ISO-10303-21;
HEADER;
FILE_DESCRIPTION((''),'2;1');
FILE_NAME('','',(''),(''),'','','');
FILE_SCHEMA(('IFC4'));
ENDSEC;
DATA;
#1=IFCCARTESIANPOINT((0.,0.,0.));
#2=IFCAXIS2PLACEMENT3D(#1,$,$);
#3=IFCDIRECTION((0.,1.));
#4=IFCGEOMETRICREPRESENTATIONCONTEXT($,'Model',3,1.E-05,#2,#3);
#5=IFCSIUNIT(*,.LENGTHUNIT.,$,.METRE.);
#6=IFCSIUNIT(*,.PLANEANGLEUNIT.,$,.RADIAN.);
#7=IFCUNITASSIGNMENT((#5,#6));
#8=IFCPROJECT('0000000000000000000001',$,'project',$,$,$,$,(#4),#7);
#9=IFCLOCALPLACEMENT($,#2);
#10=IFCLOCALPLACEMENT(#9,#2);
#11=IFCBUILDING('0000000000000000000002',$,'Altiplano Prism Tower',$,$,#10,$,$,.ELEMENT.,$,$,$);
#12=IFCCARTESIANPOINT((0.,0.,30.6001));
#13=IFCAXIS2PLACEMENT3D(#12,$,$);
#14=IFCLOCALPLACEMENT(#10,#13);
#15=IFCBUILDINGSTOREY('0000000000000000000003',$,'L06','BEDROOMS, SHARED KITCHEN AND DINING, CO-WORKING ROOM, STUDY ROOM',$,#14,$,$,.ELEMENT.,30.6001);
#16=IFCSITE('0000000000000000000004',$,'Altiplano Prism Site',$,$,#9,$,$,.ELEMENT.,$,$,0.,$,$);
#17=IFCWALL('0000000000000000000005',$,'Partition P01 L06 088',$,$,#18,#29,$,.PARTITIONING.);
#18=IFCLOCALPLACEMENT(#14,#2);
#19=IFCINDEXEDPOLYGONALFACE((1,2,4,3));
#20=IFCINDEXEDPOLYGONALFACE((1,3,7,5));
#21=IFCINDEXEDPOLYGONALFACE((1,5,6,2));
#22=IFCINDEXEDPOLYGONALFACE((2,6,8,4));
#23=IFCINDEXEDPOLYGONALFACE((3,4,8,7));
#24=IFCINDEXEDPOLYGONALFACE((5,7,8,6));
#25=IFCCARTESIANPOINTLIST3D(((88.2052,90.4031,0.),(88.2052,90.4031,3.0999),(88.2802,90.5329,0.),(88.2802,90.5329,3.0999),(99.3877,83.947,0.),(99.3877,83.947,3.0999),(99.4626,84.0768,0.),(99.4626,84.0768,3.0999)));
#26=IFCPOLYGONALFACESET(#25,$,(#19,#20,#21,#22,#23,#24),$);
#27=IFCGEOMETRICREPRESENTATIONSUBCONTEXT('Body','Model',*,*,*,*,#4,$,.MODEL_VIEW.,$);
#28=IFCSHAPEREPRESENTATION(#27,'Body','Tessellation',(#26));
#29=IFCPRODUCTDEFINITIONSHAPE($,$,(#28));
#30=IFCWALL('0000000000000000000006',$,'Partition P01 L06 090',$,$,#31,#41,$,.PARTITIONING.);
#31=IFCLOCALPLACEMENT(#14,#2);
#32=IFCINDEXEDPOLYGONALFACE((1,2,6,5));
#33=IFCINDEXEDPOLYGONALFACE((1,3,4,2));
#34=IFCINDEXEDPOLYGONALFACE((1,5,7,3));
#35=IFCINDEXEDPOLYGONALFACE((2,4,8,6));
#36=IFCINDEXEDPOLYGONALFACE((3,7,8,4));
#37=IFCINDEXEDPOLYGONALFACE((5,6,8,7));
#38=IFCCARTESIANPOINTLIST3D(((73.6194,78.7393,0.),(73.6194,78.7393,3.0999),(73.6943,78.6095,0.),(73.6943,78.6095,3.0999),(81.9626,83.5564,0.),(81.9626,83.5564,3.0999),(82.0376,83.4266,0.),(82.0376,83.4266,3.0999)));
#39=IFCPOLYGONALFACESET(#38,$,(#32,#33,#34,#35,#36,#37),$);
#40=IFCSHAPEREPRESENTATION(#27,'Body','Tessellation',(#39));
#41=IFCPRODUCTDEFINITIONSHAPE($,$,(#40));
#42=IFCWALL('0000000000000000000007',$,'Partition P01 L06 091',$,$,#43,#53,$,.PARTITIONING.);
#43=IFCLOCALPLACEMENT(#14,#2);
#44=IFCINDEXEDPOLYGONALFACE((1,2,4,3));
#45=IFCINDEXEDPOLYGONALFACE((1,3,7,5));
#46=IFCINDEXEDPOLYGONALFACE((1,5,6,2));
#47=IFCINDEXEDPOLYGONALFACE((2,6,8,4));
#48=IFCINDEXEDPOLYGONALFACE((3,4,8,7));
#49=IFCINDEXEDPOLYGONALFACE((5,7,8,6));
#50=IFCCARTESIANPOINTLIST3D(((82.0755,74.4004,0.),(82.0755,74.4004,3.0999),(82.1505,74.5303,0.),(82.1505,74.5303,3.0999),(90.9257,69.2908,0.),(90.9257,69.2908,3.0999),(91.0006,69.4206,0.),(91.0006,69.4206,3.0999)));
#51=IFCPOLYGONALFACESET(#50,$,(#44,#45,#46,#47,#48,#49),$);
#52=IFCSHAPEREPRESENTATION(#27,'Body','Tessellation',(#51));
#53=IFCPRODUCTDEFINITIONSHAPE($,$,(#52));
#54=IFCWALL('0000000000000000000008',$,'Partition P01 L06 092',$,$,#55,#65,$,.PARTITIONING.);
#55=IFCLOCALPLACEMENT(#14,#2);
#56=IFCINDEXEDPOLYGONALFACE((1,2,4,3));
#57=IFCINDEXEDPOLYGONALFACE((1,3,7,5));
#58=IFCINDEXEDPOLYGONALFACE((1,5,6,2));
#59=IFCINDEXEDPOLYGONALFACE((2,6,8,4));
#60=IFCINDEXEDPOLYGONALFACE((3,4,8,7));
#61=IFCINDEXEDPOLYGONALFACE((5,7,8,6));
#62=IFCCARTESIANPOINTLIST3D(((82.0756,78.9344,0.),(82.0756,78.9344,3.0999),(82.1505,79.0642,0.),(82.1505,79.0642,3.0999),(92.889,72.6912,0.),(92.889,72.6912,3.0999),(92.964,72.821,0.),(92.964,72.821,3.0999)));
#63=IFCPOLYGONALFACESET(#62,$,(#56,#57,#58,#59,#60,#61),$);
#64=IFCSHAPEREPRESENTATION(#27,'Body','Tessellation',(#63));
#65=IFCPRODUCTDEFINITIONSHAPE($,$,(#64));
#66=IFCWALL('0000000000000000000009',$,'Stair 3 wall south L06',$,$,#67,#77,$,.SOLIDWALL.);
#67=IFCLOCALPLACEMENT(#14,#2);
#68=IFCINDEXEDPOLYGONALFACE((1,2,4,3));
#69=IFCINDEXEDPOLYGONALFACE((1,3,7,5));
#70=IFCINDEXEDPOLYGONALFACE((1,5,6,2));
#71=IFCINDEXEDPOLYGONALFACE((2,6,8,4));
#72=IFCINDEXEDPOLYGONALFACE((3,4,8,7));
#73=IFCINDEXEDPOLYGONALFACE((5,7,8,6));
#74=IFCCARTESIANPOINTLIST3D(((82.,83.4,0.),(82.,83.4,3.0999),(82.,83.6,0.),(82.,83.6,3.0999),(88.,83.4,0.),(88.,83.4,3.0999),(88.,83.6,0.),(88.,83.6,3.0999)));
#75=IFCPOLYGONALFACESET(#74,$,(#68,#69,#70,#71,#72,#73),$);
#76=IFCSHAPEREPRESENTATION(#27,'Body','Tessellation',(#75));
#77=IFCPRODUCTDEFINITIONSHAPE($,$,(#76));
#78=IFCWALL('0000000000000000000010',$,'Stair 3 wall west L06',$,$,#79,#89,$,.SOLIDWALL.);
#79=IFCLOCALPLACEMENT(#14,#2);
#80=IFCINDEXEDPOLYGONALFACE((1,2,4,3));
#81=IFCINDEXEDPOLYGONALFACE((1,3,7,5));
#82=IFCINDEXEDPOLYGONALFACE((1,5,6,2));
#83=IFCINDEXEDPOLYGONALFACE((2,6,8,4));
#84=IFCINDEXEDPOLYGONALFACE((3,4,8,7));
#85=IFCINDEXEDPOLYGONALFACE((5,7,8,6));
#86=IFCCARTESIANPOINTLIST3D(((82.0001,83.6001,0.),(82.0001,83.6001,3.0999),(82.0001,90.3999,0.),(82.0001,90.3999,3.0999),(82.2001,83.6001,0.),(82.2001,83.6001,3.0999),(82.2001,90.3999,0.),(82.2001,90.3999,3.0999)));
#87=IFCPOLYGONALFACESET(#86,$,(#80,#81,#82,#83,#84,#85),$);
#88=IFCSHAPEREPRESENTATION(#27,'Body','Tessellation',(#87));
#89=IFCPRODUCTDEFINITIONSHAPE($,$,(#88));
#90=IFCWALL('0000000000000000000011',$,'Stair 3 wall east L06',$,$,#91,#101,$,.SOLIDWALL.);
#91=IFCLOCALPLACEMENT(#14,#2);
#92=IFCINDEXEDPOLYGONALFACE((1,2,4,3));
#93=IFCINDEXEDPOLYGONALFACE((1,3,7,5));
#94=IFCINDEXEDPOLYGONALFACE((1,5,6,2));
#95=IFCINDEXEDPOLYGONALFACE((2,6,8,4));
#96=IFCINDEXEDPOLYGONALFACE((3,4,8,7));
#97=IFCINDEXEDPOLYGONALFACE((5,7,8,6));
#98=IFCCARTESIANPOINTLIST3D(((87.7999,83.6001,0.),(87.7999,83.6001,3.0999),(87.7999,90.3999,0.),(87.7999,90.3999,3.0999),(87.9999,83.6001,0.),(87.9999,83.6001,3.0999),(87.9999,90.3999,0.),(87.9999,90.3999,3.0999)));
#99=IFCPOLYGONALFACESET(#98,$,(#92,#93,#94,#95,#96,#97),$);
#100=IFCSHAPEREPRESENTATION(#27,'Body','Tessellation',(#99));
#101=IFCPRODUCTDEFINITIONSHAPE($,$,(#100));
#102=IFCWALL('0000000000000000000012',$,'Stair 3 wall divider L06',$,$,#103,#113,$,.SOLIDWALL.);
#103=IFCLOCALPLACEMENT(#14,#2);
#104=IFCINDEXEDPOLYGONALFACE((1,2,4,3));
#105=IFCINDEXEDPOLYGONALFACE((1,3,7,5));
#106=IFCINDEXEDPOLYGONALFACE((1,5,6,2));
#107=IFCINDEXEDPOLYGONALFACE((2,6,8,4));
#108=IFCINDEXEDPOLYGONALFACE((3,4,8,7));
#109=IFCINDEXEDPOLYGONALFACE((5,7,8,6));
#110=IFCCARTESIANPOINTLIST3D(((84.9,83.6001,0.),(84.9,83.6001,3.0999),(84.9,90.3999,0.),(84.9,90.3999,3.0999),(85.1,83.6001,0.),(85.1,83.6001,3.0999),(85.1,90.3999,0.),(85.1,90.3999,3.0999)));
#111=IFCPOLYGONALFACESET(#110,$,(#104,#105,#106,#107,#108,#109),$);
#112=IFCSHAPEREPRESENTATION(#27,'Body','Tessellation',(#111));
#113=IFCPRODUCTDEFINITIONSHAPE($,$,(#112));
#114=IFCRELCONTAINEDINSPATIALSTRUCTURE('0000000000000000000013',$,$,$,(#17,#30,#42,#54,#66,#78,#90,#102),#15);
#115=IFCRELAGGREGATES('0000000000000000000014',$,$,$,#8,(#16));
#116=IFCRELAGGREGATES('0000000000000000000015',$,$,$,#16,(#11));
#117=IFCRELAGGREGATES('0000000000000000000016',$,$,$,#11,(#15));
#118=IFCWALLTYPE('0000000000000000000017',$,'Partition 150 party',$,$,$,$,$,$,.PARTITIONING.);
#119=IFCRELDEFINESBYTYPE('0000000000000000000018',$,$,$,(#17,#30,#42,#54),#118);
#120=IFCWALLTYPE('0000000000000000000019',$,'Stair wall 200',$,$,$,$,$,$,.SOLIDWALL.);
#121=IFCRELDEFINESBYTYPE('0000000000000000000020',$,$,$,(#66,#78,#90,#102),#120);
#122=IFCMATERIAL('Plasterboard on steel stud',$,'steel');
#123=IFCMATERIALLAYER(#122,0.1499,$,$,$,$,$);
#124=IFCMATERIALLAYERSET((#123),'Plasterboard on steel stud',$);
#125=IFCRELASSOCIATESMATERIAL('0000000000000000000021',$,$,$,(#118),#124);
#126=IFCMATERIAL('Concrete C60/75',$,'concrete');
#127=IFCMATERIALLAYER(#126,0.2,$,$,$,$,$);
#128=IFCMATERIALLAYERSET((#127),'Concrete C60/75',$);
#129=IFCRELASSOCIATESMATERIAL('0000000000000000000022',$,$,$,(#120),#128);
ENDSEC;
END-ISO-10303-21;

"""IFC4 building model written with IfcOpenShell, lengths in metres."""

from ifc_helpers import new_model, si_unit, direction, frame, frame_2d, origin, place, context, subcontext, project, spatial, rectangle, extrude, material, layer, layer_set, type_object, element, save


model = new_model("IFC4")

# Units and contexts
model_context = context("Model", 3, precision=1e-05, world=origin(), true_north=direction((0.0, 1.0)))
body_context = subcontext(model_context, "Body", "Model", "MODEL_VIEW")
ifc_project = project(units=[si_unit("LENGTHUNIT", "METRE"), si_unit("PLANEANGLEUNIT", "RADIAN")], contexts=[model_context])

# Site, building, storey
site_placement = place(None, origin())
site = spatial("IfcSite", under=ifc_project, at=site_placement, Name="Altiplano Prism Site", CompositionType="ELEMENT", RefElevation=0.0)
building_placement = place(site_placement, origin())
building = spatial("IfcBuilding", under=site, at=building_placement, Name="Altiplano Prism Tower", CompositionType="ELEMENT")
storey_placement = place(building_placement, frame((0.0, 0.0, 30.6001)))
storey = spatial("IfcBuildingStorey", under=building, at=storey_placement, Name="L06", Description="BEDROOMS, SHARED KITCHEN AND DINING, CO-WORKING ROOM, STUDY ROOM", CompositionType="ELEMENT", Elevation=30.6001)

# Shared definitions
ifc_material_1 = material(Name="Concrete C60/75", Category="concrete")

# Shared definitions
ifc_material_2 = material(Name="Plasterboard on steel stud", Category="steel")

# Walls
ifc_layer_1 = layer(ifc_material_2, 0.1499)
ifc_layer_set_1 = layer_set([ifc_layer_1], Name="Plasterboard on steel stud")
wall_type_1 = type_object("IfcWallType", Name="Partition 150 party", PredefinedType="PARTITIONING", material=ifc_layer_set_1)
wall_1_placement = place(storey_placement, frame((99.425, 84.012, 0.0), z_axis=(0.0, 0.0, 1.0), x_axis=(-0.866028, 0.499995, 0.0)))
element("IfcWall", 1, at=wall_1_placement, inside=storey, type_object=wall_type_1, Name="Partition P01 L06 088", PredefinedType="PARTITIONING", context=body_context, shape_type="SweptSolid", body=[
    extrude(rectangle(XDim=12.9124, YDim=0.1499, at=frame_2d((6.4561, 0.0))), origin(), (0.0, 0.0, 1.0), 3.0999),
])
wall_2_placement = place(storey_placement, frame((82.0, 83.4915, 0.0), z_axis=(0.0, 0.0, 1.0), x_axis=(-0.866018, -0.500012, 0.0)))
element("IfcWall", 2, at=wall_2_placement, inside=storey, type_object=wall_type_1, Name="Partition P01 L06 090", PredefinedType="PARTITIONING", context=body_context, shape_type="SweptSolid", body=[
    extrude(rectangle(XDim=9.634, YDim=0.1499, at=frame_2d((4.8169, 0.0))), origin(), (0.0, 0.0, 1.0), 3.0999),
])
wall_3_placement = place(storey_placement, frame((90.9631, 69.3557, 0.0), z_axis=(0.0, 0.0, 1.0), x_axis=(-0.866025, 0.500001, 0.0)))
element("IfcWall", 3, at=wall_3_placement, inside=storey, type_object=wall_type_1, Name="Partition P01 L06 091", PredefinedType="PARTITIONING", context=body_context, shape_type="SweptSolid", body=[
    extrude(rectangle(XDim=10.2192, YDim=0.1499, at=frame_2d((5.1096, 0.0))), origin(), (0.0, 0.0, 1.0), 3.0999),
])
wall_4_placement = place(storey_placement, frame((82.113, 78.9993, 0.0), z_axis=(0.0, 0.0, 1.0), x_axis=(0.866025, -0.5, 0.0)))
element("IfcWall", 4, at=wall_4_placement, inside=storey, type_object=wall_type_1, Name="Partition P01 L06 092", PredefinedType="PARTITIONING", context=body_context, shape_type="SweptSolid", body=[
    extrude(rectangle(XDim=12.4863, YDim=0.1499, at=frame_2d((6.2432, 0.0))), origin(), (0.0, 0.0, 1.0), 3.0999),
])
ifc_layer_2 = layer(ifc_material_1, 0.2)
ifc_layer_set_2 = layer_set([ifc_layer_2], Name="Concrete C60/75")
wall_type_2 = type_object("IfcWallType", Name="Stair wall 200", PredefinedType="SOLIDWALL", material=ifc_layer_set_2)
wall_5_placement = place(storey_placement, frame((82.0, 83.5, 0.0), z_axis=(0.0, 0.0, 1.0), x_axis=(1.0, 0.0, 0.0)))
element("IfcWall", 5, at=wall_5_placement, inside=storey, type_object=wall_type_2, Name="Stair 3 wall south L06", PredefinedType="SOLIDWALL", context=body_context, shape_type="SweptSolid", body=[
    extrude(rectangle(XDim=6.0, YDim=0.2, at=frame_2d((3.0, 0.0))), origin(), (0.0, 0.0, 1.0), 3.0999),
])
for number, where, z_axis, x_axis, name in (
    (6, (82.1001, 83.6001, 0.0), (0.0, 0.0, 1.0), (0.0, 1.0, 0.0), "Stair 3 wall west L06"),
    (7, (87.8999, 83.6001, 0.0), (0.0, 0.0, 1.0), (0.0, 1.0, 0.0), "Stair 3 wall east L06"),
    (8, (85.0, 83.6001, 0.0), (0.0, 0.0, 1.0), (0.0, 1.0, 0.0), "Stair 3 wall divider L06"),
):
    element("IfcWall", number, at=place(storey_placement, frame(where, z_axis=z_axis, x_axis=x_axis)), inside=storey, type_object=wall_type_2, Name=name, PredefinedType="SOLIDWALL", context=body_context, shape_type="SweptSolid", body=[
        extrude(rectangle(XDim=6.7998, YDim=0.2, at=frame_2d((3.3999, 0.0))), origin(), (0.0, 0.0, 1.0), 3.0999),
    ])

save(model, "model.ifc")
